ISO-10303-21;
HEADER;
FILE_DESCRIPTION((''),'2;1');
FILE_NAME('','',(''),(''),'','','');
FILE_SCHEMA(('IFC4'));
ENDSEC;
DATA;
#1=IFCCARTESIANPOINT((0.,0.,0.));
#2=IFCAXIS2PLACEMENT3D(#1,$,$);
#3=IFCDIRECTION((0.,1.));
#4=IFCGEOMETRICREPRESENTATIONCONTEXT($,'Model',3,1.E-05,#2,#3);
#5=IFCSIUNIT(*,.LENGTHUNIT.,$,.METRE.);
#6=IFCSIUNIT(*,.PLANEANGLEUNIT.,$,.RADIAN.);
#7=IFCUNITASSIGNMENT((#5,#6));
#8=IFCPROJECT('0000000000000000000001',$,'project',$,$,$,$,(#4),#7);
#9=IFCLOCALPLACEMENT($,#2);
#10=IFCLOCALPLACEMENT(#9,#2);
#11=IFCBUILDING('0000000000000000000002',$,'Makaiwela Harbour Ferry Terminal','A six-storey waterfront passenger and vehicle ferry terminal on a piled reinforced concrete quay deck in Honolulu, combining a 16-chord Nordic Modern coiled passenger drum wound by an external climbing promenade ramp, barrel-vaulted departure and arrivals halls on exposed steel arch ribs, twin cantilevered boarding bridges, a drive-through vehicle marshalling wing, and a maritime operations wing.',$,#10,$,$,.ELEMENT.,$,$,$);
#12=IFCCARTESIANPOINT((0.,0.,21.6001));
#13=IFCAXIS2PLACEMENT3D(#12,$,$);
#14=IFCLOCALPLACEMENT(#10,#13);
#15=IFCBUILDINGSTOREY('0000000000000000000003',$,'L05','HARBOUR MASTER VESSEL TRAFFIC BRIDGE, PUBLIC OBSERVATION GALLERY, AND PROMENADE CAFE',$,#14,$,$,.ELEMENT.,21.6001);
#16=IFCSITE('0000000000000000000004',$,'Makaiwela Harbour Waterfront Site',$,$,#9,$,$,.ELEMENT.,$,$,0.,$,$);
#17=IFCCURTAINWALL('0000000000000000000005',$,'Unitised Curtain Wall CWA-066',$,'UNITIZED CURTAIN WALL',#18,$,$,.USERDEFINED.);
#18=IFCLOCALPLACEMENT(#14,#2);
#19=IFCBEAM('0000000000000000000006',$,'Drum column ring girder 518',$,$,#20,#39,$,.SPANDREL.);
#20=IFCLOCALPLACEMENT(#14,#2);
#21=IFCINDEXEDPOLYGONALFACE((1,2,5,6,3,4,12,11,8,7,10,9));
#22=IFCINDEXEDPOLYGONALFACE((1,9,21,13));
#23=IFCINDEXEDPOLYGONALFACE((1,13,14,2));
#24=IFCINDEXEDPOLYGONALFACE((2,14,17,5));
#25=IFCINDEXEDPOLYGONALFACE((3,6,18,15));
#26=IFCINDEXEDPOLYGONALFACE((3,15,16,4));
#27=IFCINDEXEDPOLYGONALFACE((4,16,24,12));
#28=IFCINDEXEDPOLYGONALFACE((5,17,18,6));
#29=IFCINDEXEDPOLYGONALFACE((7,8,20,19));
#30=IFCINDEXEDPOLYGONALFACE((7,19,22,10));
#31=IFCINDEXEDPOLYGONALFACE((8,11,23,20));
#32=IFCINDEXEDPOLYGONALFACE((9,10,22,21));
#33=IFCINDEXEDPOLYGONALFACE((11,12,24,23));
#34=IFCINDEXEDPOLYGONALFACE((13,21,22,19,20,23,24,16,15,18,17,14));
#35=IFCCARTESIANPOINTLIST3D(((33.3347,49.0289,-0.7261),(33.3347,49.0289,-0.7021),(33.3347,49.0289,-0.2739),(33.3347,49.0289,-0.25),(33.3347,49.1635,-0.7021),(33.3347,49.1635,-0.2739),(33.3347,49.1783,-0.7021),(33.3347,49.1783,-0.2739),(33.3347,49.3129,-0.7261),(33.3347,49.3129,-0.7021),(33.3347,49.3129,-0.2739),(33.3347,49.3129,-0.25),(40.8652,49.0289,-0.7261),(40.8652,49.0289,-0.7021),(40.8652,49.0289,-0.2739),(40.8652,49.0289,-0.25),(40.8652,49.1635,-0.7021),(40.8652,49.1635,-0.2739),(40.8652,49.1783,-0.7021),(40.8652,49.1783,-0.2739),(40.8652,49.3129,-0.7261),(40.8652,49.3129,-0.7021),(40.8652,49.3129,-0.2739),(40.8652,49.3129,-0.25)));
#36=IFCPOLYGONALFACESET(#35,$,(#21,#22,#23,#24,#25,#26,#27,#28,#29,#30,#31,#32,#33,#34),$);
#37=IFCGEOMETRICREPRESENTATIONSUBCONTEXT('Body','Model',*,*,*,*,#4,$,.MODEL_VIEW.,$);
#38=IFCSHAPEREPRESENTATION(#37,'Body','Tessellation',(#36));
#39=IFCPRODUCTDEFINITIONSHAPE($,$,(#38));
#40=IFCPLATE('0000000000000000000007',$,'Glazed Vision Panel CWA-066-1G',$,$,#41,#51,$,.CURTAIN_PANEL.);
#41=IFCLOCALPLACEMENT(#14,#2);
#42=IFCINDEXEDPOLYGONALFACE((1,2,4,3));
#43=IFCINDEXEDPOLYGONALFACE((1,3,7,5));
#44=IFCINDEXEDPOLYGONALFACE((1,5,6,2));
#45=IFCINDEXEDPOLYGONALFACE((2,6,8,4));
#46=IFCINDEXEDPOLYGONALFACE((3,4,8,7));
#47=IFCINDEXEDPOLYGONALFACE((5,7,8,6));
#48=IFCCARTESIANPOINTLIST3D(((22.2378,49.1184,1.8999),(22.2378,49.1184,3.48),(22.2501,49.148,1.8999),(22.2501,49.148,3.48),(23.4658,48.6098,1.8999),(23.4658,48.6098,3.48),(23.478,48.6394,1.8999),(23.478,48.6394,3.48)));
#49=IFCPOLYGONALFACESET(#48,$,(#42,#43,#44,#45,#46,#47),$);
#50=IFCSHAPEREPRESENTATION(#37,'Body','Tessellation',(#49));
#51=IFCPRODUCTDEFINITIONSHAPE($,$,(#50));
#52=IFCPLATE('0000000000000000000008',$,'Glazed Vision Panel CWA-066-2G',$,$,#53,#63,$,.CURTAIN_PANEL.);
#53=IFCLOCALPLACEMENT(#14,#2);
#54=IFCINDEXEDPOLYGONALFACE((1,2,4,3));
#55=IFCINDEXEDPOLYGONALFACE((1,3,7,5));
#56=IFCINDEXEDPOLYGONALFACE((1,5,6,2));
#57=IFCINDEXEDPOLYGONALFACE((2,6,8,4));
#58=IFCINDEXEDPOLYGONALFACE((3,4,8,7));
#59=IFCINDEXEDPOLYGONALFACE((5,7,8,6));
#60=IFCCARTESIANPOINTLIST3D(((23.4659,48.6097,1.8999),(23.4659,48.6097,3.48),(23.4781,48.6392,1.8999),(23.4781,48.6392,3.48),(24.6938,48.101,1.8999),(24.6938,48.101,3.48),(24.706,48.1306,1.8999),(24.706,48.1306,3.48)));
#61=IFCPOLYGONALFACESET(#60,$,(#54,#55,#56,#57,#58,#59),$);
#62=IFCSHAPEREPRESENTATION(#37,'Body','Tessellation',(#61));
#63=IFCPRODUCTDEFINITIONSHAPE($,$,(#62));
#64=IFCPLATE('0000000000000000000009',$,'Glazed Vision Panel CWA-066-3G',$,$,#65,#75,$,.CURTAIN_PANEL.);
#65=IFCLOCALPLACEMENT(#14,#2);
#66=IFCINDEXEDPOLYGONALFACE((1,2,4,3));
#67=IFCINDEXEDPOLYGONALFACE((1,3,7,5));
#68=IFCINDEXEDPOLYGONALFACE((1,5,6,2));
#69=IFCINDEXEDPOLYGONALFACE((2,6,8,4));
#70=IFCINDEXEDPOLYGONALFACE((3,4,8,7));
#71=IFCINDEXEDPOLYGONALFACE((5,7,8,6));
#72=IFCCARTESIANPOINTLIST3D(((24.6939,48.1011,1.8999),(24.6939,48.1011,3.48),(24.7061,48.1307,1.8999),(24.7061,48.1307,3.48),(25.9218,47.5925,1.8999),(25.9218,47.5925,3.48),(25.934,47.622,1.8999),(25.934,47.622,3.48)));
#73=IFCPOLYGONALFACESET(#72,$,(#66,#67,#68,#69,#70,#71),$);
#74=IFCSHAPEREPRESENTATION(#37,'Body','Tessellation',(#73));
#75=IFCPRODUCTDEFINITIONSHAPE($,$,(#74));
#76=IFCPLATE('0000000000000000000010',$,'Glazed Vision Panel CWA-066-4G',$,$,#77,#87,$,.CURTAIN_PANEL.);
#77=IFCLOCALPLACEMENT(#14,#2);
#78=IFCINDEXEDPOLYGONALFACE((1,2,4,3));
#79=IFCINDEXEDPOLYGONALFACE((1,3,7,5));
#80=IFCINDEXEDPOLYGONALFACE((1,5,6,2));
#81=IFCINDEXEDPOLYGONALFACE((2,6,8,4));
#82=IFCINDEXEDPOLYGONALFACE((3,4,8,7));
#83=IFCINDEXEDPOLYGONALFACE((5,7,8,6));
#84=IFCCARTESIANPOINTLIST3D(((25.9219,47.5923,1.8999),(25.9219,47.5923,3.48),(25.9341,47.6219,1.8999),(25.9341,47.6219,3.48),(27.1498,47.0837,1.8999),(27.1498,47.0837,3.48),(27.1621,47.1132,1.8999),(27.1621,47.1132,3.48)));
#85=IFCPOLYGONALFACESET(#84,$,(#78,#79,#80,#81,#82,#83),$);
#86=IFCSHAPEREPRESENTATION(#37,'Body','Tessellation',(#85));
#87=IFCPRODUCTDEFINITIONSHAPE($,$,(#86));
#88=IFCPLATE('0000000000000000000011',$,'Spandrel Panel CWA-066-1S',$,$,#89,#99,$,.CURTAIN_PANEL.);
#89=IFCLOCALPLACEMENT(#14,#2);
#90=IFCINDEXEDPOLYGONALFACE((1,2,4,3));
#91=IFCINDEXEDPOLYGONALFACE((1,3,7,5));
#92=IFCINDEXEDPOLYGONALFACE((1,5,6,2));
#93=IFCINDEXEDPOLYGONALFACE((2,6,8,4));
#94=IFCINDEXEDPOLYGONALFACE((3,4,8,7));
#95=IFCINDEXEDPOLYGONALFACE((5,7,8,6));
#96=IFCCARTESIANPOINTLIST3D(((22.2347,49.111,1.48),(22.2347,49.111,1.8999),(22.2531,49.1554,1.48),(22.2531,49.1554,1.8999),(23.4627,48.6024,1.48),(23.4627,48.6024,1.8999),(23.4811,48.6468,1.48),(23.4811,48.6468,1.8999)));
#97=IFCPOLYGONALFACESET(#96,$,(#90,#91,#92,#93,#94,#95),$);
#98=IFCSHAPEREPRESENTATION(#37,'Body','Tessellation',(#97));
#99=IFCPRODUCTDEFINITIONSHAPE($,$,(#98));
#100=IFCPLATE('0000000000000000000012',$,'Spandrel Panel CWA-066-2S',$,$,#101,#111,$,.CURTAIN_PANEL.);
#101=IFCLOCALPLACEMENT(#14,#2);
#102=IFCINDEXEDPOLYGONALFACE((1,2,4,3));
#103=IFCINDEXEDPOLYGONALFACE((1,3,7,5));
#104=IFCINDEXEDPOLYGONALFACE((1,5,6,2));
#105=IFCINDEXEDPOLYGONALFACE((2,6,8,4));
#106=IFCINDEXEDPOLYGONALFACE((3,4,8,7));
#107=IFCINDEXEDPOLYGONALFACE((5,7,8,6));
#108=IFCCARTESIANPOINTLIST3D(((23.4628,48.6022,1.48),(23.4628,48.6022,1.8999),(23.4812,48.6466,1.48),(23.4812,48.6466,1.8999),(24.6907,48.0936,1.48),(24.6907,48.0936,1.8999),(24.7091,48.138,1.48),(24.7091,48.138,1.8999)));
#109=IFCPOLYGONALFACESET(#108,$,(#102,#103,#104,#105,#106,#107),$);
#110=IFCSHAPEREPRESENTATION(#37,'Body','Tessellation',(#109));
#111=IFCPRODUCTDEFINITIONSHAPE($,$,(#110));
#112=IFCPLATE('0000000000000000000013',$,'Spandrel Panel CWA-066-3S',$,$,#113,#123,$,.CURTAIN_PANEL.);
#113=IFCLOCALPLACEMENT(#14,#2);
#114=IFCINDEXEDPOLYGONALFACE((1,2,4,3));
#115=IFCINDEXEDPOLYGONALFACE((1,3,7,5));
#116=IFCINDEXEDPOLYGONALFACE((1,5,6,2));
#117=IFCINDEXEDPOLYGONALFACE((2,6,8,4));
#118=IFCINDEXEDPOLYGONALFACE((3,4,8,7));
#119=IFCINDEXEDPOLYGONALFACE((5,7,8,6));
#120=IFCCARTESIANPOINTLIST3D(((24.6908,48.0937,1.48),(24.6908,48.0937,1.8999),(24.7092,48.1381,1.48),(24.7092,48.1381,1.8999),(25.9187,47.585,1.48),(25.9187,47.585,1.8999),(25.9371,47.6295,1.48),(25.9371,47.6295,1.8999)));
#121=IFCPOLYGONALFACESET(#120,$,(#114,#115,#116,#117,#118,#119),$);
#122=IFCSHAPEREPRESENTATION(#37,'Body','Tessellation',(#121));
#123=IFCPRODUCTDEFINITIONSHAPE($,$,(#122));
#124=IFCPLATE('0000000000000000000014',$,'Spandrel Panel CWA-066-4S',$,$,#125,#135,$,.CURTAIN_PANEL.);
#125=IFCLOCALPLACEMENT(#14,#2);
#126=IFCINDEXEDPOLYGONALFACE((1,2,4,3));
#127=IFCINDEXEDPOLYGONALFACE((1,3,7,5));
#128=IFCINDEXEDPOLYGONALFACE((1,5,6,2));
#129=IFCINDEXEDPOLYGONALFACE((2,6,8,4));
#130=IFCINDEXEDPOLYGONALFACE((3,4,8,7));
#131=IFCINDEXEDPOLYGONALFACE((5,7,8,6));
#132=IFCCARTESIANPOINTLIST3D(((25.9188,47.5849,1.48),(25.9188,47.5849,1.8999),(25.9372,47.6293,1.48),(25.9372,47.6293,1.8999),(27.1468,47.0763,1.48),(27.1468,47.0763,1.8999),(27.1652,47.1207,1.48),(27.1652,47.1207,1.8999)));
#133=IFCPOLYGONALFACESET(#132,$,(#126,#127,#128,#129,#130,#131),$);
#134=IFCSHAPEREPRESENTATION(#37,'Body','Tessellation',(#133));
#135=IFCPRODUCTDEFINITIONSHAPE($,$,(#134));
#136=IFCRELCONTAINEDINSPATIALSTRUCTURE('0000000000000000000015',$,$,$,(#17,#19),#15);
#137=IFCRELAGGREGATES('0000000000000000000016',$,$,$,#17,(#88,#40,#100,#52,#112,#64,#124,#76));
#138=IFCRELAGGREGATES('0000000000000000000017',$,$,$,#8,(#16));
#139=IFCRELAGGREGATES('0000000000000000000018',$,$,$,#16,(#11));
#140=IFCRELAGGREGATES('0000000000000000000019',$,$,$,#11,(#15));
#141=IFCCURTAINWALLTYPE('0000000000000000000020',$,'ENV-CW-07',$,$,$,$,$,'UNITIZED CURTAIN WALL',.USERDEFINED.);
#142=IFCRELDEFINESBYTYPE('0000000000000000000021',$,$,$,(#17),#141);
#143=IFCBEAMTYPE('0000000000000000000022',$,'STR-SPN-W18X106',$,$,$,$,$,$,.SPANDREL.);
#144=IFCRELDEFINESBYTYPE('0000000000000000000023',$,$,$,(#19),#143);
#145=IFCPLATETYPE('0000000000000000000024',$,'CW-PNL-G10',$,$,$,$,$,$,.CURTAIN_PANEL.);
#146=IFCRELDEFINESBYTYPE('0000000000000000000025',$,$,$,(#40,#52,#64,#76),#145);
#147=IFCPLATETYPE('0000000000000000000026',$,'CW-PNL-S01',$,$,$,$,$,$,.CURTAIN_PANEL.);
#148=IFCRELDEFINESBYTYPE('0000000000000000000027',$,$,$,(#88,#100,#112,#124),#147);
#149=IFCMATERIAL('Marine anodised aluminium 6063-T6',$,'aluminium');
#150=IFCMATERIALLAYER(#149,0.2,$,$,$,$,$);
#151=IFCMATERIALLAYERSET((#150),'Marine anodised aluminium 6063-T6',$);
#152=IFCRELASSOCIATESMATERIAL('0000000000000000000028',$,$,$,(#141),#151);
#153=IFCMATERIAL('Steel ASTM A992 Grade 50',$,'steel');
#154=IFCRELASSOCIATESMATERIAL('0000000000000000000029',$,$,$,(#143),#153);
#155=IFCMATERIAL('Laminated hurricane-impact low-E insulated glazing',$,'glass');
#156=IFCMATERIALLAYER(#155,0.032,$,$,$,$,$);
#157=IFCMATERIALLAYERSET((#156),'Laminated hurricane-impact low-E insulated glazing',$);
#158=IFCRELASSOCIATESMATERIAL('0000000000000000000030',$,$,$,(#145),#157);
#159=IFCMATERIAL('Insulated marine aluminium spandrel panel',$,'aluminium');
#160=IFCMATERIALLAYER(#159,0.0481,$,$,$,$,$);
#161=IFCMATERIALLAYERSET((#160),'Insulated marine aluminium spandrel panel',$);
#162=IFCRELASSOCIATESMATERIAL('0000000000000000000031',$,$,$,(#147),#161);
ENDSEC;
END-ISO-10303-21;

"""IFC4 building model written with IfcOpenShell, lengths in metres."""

from ifc_helpers import new_model, si_unit, direction, frame, origin, origin_2d, place, context, subcontext, project, spatial, rectangle, i_section, extrude, material, layer, layer_set, material_profile, profile_set, type_object, element, aggregate, save


model = new_model("IFC4")

# Units and contexts
model_context = context("Model", 3, precision=1e-05, world=origin(), true_north=direction((0.0, 1.0)))
body_context = subcontext(model_context, "Body", "Model", "MODEL_VIEW")
ifc_project = project(units=[si_unit("LENGTHUNIT", "METRE"), si_unit("PLANEANGLEUNIT", "RADIAN")], contexts=[model_context])

# Site, building, storey
site_placement = place(None, origin())
site = spatial("IfcSite", under=ifc_project, at=site_placement, Name="Makaiwela Harbour Waterfront Site", CompositionType="ELEMENT", RefElevation=0.0)
building_placement = place(site_placement, origin())
building = spatial("IfcBuilding", under=site, at=building_placement, Name="Makaiwela Harbour Ferry Terminal", Description="A six-storey waterfront passenger and vehicle ferry terminal on a piled reinforced concrete quay deck in Honolulu, combining a 16-chord Nordic Modern coiled passenger drum wound by an external climbing promenade ramp, barrel-vaulted departure and arrivals halls on exposed steel arch ribs, twin cantilevered boarding bridges, a drive-through vehicle marshalling wing, and a maritime operations wing.", CompositionType="ELEMENT")
storey_placement = place(building_placement, frame((0.0, 0.0, 21.6001)))
storey = spatial("IfcBuildingStorey", under=building, at=storey_placement, Name="L05", Description="HARBOUR MASTER VESSEL TRAFFIC BRIDGE, PUBLIC OBSERVATION GALLERY, AND PROMENADE CAFE", CompositionType="ELEMENT", Elevation=21.6001)

# Shared definitions
ifc_material_1 = material(Name="Steel ASTM A992 Grade 50", Category="steel")

# Curtain wall
ifc_material_2 = material(Name="Marine anodised aluminium 6063-T6", Category="aluminium")
ifc_layer_1 = layer(ifc_material_2, 0.2)
ifc_layer_set_1 = layer_set([ifc_layer_1], Name="Marine anodised aluminium 6063-T6")
curtain_wall_type = type_object("IfcCurtainWallType", Name="ENV-CW-07", ElementType="UNITIZED CURTAIN WALL", PredefinedType="USERDEFINED", material=ifc_layer_set_1)
curtain_wall_placement = place(storey_placement, origin())
curtain_wall = element("IfcCurtainWall", 1, at=curtain_wall_placement, inside=storey, type_object=curtain_wall_type, Name="Unitised Curtain Wall CWA-066", ObjectType="UNITIZED CURTAIN WALL", PredefinedType="USERDEFINED")

# Beam
ifc_material_profile_1 = material_profile(ifc_material_1, i_section(OverallWidth=0.2839, OverallDepth=0.4761, WebThickness=0.0149, FlangeThickness=0.0239, at=origin_2d()), Name="W18X106")
ifc_profile_set_1 = profile_set([ifc_material_profile_1], Name="Steel ASTM A992 Grade 50")
beam_type_1 = type_object("IfcBeamType", Name="STR-SPN-W18X106", PredefinedType="SPANDREL", material=ifc_profile_set_1)
beam_1_placement = place(storey_placement, frame((33.3347, 49.1709, -0.488), z_axis=(1.0, 0.0, 0.0), x_axis=(0.0, 1.0, 0.0)))
element("IfcBeam", 2, at=beam_1_placement, inside=storey, type_object=beam_type_1, Name="Drum column ring girder 518", PredefinedType="SPANDREL", context=body_context, shape_type="SweptSolid", body=[
    extrude(i_section(OverallWidth=0.2839, OverallDepth=0.4761, WebThickness=0.0149, FlangeThickness=0.0239, at=origin_2d()), origin(), (0.0, 0.0, 1.0), 7.5305),
])

# Plates
ifc_material_3 = material(Name="Laminated hurricane-impact low-E insulated glazing", Category="glass")
ifc_layer_2 = layer(ifc_material_3, 0.032)
ifc_layer_set_2 = layer_set([ifc_layer_2], Name="Laminated hurricane-impact low-E insulated glazing")
plate_type_1 = type_object("IfcPlateType", Name="CW-PNL-G10", PredefinedType="CURTAIN_PANEL", material=ifc_layer_set_2)
plate_1_placement = place(storey_placement, frame((22.8579, 48.8789, 1.8999), z_axis=(0.0, 0.0, 1.0), x_axis=(0.92388, -0.382683, 0.0)))
plate_1 = element("IfcPlate", 3, at=plate_1_placement, type_object=plate_type_1, Name="Glazed Vision Panel CWA-066-1G", PredefinedType="CURTAIN_PANEL", context=body_context, shape_type="SweptSolid", body=[
    extrude(rectangle(XDim=1.3291, YDim=0.032, at=origin_2d()), origin(), (0.0, 0.0, 1.0), 1.5801),
])
plate_2_placement = place(storey_placement, frame((24.0859, 48.3701, 1.8999), z_axis=(0.0, 0.0, 1.0), x_axis=(0.92388, -0.382683, 0.0)))
plate_2 = element("IfcPlate", 4, at=plate_2_placement, type_object=plate_type_1, Name="Glazed Vision Panel CWA-066-2G", PredefinedType="CURTAIN_PANEL", context=body_context, shape_type="SweptSolid", body=[
    extrude(rectangle(XDim=1.3291, YDim=0.032, at=origin_2d()), origin(), (0.0, 0.0, 1.0), 1.5801),
])
plate_3_placement = place(storey_placement, frame((25.314, 47.8616, 1.8999), z_axis=(0.0, 0.0, 1.0), x_axis=(0.92388, -0.382683, 0.0)))
plate_3 = element("IfcPlate", 5, at=plate_3_placement, type_object=plate_type_1, Name="Glazed Vision Panel CWA-066-3G", PredefinedType="CURTAIN_PANEL", context=body_context, shape_type="SweptSolid", body=[
    extrude(rectangle(XDim=1.3291, YDim=0.032, at=origin_2d()), origin(), (0.0, 0.0, 1.0), 1.5801),
])
plate_4_placement = place(storey_placement, frame((26.542, 47.3528, 1.8999), z_axis=(0.0, 0.0, 1.0), x_axis=(0.92388, -0.382683, 0.0)))
plate_4 = element("IfcPlate", 6, at=plate_4_placement, type_object=plate_type_1, Name="Glazed Vision Panel CWA-066-4G", PredefinedType="CURTAIN_PANEL", context=body_context, shape_type="SweptSolid", body=[
    extrude(rectangle(XDim=1.3291, YDim=0.032, at=origin_2d()), origin(), (0.0, 0.0, 1.0), 1.5801),
])
ifc_material_4 = material(Name="Insulated marine aluminium spandrel panel", Category="aluminium")
ifc_layer_3 = layer(ifc_material_4, 0.0481)
ifc_layer_set_3 = layer_set([ifc_layer_3], Name="Insulated marine aluminium spandrel panel")
plate_type_2 = type_object("IfcPlateType", Name="CW-PNL-S01", PredefinedType="CURTAIN_PANEL", material=ifc_layer_set_3)
plate_5_placement = place(storey_placement, frame((22.8579, 48.8789, 1.48), z_axis=(0.0, 0.0, 1.0), x_axis=(0.92388, -0.382683, 0.0)))
plate_5 = element("IfcPlate", 7, at=plate_5_placement, type_object=plate_type_2, Name="Spandrel Panel CWA-066-1S", PredefinedType="CURTAIN_PANEL", context=body_context, shape_type="SweptSolid", body=[
    extrude(rectangle(XDim=1.3291, YDim=0.0481, at=origin_2d()), origin(), (0.0, 0.0, 1.0), 0.4199),
])
plate_6_placement = place(storey_placement, frame((24.0859, 48.3701, 1.48), z_axis=(0.0, 0.0, 1.0), x_axis=(0.92388, -0.382683, 0.0)))
plate_6 = element("IfcPlate", 8, at=plate_6_placement, type_object=plate_type_2, Name="Spandrel Panel CWA-066-2S", PredefinedType="CURTAIN_PANEL", context=body_context, shape_type="SweptSolid", body=[
    extrude(rectangle(XDim=1.3291, YDim=0.0481, at=origin_2d()), origin(), (0.0, 0.0, 1.0), 0.4199),
])
plate_7_placement = place(storey_placement, frame((25.314, 47.8616, 1.48), z_axis=(0.0, 0.0, 1.0), x_axis=(0.92388, -0.382683, 0.0)))
plate_7 = element("IfcPlate", 9, at=plate_7_placement, type_object=plate_type_2, Name="Spandrel Panel CWA-066-3S", PredefinedType="CURTAIN_PANEL", context=body_context, shape_type="SweptSolid", body=[
    extrude(rectangle(XDim=1.3291, YDim=0.0481, at=origin_2d()), origin(), (0.0, 0.0, 1.0), 0.4199),
])
plate_8_placement = place(storey_placement, frame((26.542, 47.3528, 1.48), z_axis=(0.0, 0.0, 1.0), x_axis=(0.92388, -0.382683, 0.0)))
plate_8 = element("IfcPlate", 10, at=plate_8_placement, type_object=plate_type_2, Name="Spandrel Panel CWA-066-4S", PredefinedType="CURTAIN_PANEL", context=body_context, shape_type="SweptSolid", body=[
    extrude(rectangle(XDim=1.3291, YDim=0.0481, at=origin_2d()), origin(), (0.0, 0.0, 1.0), 0.4199),
])
aggregate(curtain_wall, [plate_5, plate_1, plate_6, plate_2, plate_7, plate_3, plate_8, plate_4])

save(model, "model.ifc")
